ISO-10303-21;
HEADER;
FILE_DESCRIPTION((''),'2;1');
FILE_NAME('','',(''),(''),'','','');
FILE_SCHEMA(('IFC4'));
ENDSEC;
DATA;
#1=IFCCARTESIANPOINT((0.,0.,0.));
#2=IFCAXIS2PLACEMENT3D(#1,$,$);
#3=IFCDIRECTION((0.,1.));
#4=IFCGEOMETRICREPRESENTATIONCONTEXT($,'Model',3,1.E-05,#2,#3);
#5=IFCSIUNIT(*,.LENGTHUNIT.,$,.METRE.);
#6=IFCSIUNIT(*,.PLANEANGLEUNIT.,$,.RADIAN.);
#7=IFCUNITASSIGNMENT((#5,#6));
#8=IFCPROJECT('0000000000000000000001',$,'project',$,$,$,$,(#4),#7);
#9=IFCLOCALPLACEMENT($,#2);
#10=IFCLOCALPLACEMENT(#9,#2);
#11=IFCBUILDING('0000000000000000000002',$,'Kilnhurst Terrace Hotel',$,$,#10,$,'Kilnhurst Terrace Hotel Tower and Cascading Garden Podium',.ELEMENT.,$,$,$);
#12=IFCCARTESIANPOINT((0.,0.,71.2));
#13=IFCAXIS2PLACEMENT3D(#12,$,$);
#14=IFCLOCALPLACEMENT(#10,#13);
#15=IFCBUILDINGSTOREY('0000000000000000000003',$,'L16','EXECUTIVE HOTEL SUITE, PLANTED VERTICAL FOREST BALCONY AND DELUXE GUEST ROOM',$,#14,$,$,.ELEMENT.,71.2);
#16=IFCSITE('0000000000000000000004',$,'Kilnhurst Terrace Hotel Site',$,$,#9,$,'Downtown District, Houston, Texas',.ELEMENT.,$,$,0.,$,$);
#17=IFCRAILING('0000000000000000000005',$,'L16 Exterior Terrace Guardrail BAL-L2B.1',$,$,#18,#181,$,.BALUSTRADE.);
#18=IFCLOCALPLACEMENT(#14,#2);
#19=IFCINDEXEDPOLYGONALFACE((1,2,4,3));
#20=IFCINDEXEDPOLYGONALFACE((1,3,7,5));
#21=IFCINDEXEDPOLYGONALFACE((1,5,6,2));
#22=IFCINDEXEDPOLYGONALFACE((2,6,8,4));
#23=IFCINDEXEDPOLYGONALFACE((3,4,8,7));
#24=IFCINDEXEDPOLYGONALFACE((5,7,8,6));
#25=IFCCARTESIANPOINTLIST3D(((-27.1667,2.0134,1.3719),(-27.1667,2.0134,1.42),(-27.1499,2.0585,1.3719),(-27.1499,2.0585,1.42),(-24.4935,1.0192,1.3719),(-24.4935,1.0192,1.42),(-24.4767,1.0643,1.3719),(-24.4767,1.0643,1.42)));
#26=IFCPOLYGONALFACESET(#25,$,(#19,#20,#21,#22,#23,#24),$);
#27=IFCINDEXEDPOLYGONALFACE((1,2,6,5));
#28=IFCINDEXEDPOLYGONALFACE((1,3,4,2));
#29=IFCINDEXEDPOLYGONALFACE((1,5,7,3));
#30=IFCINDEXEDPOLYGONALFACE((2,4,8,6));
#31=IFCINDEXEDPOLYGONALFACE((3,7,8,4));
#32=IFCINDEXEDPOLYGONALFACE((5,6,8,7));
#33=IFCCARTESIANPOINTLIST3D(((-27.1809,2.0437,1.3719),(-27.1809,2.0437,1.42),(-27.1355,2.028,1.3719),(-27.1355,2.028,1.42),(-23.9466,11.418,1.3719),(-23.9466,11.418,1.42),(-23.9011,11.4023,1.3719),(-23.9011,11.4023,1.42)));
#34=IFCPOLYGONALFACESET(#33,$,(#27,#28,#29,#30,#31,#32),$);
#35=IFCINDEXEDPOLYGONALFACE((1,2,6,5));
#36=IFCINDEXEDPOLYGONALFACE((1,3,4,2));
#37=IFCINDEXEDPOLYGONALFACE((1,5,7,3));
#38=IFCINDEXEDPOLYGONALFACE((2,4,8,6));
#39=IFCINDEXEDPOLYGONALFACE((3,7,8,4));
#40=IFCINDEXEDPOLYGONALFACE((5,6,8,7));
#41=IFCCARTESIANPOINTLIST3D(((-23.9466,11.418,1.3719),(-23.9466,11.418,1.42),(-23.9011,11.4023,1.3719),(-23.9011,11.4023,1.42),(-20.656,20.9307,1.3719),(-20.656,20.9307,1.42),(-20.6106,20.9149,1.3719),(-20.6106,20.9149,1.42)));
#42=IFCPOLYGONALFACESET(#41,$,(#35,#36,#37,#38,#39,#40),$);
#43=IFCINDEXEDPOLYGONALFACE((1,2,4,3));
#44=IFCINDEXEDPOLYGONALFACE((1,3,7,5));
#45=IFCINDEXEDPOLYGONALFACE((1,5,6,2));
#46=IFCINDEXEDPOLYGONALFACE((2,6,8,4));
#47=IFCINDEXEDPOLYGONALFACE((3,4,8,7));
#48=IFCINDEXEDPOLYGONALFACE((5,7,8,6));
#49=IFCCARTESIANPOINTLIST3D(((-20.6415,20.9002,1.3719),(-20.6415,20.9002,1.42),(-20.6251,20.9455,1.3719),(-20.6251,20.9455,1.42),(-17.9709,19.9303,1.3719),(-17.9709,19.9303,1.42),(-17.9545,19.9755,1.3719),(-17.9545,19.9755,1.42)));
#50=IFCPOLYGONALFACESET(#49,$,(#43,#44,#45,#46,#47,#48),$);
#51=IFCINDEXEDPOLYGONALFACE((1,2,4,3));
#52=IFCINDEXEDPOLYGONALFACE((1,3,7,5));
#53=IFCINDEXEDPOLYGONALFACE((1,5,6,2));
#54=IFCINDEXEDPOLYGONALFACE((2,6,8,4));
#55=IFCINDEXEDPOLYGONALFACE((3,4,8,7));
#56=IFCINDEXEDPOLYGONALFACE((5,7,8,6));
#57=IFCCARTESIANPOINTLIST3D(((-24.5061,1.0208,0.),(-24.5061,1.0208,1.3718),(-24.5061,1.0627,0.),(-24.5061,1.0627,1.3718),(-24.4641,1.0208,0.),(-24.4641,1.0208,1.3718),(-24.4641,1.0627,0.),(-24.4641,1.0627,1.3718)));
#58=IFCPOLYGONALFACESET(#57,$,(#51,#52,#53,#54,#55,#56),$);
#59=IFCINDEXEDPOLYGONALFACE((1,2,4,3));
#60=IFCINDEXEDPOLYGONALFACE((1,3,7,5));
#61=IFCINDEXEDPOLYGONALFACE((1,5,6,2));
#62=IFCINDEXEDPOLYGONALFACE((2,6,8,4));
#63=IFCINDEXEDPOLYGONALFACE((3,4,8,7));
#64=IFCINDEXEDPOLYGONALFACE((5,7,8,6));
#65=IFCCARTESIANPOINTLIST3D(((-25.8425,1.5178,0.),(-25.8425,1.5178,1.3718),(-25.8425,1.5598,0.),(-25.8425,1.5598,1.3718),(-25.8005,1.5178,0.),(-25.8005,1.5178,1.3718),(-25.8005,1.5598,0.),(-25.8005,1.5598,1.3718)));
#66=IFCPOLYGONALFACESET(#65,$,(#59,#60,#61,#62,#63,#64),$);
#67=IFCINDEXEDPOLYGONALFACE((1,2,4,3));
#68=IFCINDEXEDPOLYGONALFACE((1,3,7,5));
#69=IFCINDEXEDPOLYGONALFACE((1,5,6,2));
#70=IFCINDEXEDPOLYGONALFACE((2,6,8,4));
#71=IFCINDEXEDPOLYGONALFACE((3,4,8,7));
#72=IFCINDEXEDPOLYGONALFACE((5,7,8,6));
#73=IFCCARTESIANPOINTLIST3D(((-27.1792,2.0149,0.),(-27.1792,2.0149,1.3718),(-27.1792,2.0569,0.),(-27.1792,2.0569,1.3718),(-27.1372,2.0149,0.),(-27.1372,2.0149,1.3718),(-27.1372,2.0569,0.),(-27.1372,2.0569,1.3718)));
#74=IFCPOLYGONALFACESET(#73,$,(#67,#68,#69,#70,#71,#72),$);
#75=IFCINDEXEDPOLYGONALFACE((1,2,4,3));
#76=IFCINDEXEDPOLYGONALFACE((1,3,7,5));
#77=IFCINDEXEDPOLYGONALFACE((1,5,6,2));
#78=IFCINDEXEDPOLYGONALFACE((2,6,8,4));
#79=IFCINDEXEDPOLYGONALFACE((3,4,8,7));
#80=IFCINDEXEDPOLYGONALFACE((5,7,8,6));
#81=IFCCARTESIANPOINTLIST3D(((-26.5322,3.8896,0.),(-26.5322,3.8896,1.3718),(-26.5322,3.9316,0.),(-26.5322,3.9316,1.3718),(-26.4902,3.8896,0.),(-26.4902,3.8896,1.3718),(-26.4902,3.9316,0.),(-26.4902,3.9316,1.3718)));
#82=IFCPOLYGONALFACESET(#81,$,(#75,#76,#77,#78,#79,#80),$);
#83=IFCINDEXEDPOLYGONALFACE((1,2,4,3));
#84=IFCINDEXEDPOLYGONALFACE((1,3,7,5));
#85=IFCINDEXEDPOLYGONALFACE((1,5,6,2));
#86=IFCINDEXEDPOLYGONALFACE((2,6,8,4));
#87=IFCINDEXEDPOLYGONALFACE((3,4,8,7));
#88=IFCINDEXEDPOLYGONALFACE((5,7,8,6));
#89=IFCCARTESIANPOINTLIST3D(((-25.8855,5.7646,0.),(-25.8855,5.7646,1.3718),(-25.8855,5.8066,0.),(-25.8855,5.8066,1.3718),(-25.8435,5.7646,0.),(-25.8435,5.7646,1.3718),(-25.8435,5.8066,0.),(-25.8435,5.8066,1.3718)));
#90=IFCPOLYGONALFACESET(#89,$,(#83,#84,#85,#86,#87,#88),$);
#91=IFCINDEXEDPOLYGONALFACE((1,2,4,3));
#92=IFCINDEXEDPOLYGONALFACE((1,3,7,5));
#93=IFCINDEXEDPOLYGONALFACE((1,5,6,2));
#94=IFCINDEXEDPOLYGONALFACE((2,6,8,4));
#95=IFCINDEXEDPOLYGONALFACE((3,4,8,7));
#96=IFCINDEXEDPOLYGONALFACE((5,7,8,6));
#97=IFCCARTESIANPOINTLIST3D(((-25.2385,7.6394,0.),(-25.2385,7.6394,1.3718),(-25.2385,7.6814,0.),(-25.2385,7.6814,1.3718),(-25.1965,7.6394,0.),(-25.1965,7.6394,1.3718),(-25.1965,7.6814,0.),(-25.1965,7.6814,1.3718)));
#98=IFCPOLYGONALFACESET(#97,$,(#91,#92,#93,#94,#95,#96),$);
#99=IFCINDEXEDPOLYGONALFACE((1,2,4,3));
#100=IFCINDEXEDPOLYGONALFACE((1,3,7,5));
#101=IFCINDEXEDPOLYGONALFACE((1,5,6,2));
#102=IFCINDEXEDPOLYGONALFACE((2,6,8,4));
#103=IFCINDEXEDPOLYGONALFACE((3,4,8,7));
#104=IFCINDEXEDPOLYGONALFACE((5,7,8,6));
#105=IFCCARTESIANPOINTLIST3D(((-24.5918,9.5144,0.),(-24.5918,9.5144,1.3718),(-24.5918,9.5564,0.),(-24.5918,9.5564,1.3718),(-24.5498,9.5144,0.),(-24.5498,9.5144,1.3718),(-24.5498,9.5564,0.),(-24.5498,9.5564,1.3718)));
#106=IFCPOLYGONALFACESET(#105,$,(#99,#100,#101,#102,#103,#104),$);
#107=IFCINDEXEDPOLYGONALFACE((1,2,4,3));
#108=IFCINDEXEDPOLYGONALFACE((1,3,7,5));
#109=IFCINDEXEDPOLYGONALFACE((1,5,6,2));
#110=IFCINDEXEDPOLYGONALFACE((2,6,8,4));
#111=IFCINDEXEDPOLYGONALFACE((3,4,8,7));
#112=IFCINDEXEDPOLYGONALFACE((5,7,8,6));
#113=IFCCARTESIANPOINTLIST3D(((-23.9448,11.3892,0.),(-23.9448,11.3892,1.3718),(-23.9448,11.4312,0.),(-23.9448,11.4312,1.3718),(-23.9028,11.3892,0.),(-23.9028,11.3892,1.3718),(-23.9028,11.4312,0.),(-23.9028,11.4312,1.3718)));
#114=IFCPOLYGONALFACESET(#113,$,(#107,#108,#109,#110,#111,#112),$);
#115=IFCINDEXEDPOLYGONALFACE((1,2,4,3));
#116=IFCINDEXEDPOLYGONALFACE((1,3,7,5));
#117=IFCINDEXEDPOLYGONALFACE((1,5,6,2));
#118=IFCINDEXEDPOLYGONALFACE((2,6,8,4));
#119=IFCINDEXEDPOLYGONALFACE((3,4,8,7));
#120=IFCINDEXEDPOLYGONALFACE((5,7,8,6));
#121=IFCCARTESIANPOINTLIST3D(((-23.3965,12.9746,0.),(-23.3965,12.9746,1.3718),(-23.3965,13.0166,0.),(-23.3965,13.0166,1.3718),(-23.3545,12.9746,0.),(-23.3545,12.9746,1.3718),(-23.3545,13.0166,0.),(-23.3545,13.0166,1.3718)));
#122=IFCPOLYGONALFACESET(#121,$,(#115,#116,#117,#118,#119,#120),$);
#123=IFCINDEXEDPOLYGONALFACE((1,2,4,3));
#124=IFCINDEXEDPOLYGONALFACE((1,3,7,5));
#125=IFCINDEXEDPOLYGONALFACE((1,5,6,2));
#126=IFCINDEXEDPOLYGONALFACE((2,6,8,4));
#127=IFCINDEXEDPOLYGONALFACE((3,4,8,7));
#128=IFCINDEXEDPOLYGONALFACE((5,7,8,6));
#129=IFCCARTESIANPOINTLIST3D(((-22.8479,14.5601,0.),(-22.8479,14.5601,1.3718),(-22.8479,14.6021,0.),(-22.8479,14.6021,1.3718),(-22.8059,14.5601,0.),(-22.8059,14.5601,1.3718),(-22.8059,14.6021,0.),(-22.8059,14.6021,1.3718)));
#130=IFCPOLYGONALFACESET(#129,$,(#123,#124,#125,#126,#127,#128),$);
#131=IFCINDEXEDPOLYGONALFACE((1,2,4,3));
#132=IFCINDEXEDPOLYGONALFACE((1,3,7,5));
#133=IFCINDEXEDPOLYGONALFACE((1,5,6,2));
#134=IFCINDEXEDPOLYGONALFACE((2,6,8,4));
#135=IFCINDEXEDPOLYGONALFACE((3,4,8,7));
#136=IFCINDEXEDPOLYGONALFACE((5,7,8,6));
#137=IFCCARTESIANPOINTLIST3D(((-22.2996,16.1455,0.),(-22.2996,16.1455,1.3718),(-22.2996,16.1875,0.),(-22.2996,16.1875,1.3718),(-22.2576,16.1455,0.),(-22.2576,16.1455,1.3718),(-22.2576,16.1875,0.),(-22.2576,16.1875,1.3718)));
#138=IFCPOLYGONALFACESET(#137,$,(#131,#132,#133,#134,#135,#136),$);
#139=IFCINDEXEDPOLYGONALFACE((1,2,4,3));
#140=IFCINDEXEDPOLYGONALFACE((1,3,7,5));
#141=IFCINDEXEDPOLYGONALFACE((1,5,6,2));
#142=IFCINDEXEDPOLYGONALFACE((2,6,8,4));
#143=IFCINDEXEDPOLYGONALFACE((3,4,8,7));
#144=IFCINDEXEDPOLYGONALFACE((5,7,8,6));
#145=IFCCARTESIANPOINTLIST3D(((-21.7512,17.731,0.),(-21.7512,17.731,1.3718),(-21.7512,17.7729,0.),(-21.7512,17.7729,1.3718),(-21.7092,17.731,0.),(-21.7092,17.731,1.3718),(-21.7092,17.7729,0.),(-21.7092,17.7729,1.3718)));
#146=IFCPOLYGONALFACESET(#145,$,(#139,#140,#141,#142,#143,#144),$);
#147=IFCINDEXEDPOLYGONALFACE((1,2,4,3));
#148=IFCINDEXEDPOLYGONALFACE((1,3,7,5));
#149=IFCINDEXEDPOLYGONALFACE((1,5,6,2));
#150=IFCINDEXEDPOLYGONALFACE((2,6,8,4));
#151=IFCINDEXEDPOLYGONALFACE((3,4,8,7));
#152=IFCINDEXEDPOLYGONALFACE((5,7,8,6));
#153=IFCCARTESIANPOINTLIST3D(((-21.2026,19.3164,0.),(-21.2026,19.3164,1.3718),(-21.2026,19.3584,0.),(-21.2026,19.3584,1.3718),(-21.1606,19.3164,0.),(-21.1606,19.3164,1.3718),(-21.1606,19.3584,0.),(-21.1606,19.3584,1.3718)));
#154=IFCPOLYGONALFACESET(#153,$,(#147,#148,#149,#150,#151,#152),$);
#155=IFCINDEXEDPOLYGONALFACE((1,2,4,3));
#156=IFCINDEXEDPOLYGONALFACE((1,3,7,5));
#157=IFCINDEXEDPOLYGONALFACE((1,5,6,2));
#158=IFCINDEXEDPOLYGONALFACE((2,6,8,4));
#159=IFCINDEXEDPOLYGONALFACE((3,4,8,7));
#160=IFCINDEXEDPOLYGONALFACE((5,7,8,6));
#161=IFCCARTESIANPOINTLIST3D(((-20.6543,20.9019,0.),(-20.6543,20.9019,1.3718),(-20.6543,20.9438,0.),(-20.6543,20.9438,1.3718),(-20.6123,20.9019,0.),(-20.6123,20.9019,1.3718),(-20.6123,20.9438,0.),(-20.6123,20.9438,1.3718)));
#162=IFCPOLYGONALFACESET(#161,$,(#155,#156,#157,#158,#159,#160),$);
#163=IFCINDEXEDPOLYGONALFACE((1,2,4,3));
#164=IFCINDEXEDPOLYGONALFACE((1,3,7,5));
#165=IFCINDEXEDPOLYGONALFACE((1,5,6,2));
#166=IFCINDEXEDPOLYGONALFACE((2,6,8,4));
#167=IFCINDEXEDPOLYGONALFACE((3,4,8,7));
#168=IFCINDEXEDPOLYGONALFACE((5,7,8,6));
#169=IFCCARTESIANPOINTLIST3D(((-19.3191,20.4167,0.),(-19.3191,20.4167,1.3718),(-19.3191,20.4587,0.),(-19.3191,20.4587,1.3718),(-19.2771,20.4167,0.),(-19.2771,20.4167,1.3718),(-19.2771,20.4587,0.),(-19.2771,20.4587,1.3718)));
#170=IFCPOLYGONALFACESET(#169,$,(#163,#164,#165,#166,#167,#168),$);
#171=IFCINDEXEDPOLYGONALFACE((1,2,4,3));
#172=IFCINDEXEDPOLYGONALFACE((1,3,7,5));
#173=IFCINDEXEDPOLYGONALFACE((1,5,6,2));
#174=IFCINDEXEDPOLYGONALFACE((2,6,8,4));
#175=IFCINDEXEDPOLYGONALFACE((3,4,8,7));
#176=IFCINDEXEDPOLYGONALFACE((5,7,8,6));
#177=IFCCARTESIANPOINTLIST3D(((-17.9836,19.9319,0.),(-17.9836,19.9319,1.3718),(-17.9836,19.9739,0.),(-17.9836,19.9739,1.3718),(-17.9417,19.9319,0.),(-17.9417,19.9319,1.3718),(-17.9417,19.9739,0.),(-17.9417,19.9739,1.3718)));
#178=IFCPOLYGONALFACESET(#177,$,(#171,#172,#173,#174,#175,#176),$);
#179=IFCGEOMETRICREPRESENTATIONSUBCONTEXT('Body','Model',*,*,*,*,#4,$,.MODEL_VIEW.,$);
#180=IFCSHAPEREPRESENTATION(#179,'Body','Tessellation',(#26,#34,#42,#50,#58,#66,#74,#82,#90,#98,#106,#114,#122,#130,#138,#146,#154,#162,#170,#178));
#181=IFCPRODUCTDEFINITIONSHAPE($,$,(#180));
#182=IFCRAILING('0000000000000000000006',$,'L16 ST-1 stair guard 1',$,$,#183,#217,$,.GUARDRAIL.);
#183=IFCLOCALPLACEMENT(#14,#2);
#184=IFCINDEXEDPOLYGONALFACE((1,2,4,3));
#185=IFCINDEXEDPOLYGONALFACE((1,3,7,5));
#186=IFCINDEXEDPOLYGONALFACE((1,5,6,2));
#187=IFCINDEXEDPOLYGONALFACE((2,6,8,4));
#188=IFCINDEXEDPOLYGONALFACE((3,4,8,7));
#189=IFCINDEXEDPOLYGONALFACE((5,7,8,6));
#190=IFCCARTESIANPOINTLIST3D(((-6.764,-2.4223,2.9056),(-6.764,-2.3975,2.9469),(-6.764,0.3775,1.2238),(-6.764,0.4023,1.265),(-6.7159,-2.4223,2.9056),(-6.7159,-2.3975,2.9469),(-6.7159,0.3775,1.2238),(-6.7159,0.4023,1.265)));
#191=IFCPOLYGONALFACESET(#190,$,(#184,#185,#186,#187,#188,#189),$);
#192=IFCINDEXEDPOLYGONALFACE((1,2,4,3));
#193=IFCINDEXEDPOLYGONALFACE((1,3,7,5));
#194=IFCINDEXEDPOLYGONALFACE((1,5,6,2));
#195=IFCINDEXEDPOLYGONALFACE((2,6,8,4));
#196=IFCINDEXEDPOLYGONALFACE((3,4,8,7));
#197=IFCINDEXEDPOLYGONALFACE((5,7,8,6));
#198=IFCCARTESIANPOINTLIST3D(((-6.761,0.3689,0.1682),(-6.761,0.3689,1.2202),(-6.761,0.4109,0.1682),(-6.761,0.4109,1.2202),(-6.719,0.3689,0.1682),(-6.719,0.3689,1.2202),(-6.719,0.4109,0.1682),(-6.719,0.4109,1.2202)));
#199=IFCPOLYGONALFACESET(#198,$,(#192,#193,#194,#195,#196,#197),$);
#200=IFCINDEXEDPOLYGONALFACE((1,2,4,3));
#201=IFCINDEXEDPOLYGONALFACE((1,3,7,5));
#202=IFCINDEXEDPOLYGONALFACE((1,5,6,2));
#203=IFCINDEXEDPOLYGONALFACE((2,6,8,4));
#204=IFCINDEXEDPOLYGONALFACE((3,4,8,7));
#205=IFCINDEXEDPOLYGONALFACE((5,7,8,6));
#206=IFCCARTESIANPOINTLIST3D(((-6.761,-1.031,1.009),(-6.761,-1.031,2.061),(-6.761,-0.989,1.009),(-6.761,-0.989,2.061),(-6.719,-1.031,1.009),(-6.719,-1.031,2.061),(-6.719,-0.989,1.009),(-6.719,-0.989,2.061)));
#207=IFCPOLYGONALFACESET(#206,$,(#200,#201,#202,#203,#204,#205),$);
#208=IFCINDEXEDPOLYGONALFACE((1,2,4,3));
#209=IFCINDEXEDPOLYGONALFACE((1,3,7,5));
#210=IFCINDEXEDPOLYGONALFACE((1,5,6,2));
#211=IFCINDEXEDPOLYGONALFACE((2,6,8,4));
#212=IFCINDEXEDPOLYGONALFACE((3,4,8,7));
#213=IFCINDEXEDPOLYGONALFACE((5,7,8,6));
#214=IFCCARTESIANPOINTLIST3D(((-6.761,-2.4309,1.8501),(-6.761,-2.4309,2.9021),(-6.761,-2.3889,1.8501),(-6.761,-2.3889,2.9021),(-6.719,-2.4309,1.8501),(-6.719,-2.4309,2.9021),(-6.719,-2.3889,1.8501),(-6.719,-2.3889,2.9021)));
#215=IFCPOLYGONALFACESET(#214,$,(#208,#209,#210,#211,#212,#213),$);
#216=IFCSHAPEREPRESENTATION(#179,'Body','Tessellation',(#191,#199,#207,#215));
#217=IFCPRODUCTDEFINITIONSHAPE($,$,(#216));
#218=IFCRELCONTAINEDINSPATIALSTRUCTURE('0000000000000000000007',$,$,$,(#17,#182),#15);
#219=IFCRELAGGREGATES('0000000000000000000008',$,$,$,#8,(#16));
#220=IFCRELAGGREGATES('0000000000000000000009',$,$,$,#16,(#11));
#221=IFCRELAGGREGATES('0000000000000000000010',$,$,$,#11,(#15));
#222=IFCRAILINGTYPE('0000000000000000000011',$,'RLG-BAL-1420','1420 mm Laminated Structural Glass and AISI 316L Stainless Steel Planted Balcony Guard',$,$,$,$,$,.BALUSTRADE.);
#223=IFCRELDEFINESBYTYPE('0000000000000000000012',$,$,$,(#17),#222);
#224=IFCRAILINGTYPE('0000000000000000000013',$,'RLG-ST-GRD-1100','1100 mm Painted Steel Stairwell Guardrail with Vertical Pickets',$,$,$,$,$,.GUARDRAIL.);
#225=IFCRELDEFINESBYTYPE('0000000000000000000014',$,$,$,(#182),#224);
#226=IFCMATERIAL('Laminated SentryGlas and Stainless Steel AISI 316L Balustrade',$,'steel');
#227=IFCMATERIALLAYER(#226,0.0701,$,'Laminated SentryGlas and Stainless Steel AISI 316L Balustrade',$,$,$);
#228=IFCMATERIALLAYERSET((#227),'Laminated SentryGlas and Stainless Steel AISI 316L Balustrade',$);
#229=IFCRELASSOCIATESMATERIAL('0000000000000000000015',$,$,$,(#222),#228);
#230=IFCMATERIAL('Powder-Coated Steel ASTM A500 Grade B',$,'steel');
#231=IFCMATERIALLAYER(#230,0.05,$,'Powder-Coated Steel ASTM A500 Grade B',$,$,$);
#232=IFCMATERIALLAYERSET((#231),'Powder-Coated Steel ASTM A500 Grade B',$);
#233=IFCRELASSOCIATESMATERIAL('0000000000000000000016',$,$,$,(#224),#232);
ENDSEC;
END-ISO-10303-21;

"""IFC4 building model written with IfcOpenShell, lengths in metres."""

from ifc_helpers import new_model, si_unit, direction, frame, origin, origin_2d, place, context, subcontext, project, spatial, rectangle, extrude, material, layer, layer_set, type_object, element, save


model = new_model("IFC4")

# Units and contexts
model_context = context("Model", 3, precision=1e-05, world=origin(), true_north=direction((0.0, 1.0)))
body_context = subcontext(model_context, "Body", "Model", "MODEL_VIEW")
ifc_project = project(units=[si_unit("LENGTHUNIT", "METRE"), si_unit("PLANEANGLEUNIT", "RADIAN")], contexts=[model_context])

# Site, building, storey
site_placement = place(None, origin())
site = spatial("IfcSite", under=ifc_project, at=site_placement, Name="Kilnhurst Terrace Hotel Site", LongName="Downtown District, Houston, Texas", CompositionType="ELEMENT", RefElevation=0.0)
building_placement = place(site_placement, origin())
building = spatial("IfcBuilding", under=site, at=building_placement, Name="Kilnhurst Terrace Hotel", LongName="Kilnhurst Terrace Hotel Tower and Cascading Garden Podium", CompositionType="ELEMENT")
storey_placement = place(building_placement, frame((0.0, 0.0, 71.2)))
storey = spatial("IfcBuildingStorey", under=building, at=storey_placement, Name="L16", Description="EXECUTIVE HOTEL SUITE, PLANTED VERTICAL FOREST BALCONY AND DELUXE GUEST ROOM", CompositionType="ELEMENT", Elevation=71.2)

# Railings
ifc_material_1 = material(Name="Laminated SentryGlas and Stainless Steel AISI 316L Balustrade", Category="steel")
ifc_layer_1 = layer(ifc_material_1, 0.0701, Name="Laminated SentryGlas and Stainless Steel AISI 316L Balustrade")
ifc_layer_set_1 = layer_set([ifc_layer_1], Name="Laminated SentryGlas and Stainless Steel AISI 316L Balustrade")
railing_type_1 = type_object("IfcRailingType", Name="RLG-BAL-1420", Description="1420 mm Laminated Structural Glass and AISI 316L Stainless Steel Planted Balcony Guard", PredefinedType="BALUSTRADE", material=ifc_layer_set_1)
railing_1_placement = place(storey_placement, frame((-24.4851, 1.0417, 0.0)))
element("IfcRailing", 1, at=railing_1_placement, inside=storey, type_object=railing_type_1, Name="L16 Exterior Terrace Guardrail BAL-L2B.1", PredefinedType="BALUSTRADE", context=body_context, shape_type="SweptSolid", body=[
    extrude(rectangle(XDim=0.0481, YDim=0.0481, at=origin_2d()), frame((0.0, 0.0, 1.396), z_axis=(-0.937279, 0.34858, 0.0), x_axis=(-0.34858, -0.937279, 0.0)), (0.0, 0.0, 1.0), 2.8521),
    extrude(rectangle(XDim=0.0481, YDim=0.0481, at=origin_2d()), frame((-2.6731, 0.9941, 1.396), z_axis=(0.326159, 0.945315, 0.0), x_axis=(-0.945315, 0.326159, 0.0)), (0.0, 0.0, 1.0), 9.9165),
    extrude(rectangle(XDim=0.0481, YDim=0.0481, at=origin_2d()), frame((0.5613, 10.3684, 1.396), z_axis=(0.326904, 0.945058, 0.0), x_axis=(-0.945058, 0.326904, 0.0)), (0.0, 0.0, 1.0), 10.0657),
    extrude(rectangle(XDim=0.0481, YDim=0.0481, at=origin_2d()), frame((3.8518, 19.8811, 1.396), z_axis=(0.939926, -0.341377, 0.0), x_axis=(0.341377, 0.939926, 0.0)), (0.0, 0.0, 1.0), 2.8413),
    extrude(rectangle(XDim=0.042, YDim=0.042, at=origin_2d()), origin(), (0.0, 0.0, 1.0), 1.3718),
    extrude(rectangle(XDim=0.042, YDim=0.042, at=origin_2d()), frame((-1.3364, 0.4971, 0.0)), (0.0, 0.0, 1.0), 1.3718),
    extrude(rectangle(XDim=0.042, YDim=0.042, at=origin_2d()), frame((-2.6731, 0.9941, 0.0)), (0.0, 0.0, 1.0), 1.3718),
    extrude(rectangle(XDim=0.042, YDim=0.042, at=origin_2d()), frame((-2.0261, 2.8689, 0.0)), (0.0, 0.0, 1.0), 1.3718),
    extrude(rectangle(XDim=0.042, YDim=0.042, at=origin_2d()), frame((-1.3794, 4.7439, 0.0)), (0.0, 0.0, 1.0), 1.3718),
    extrude(rectangle(XDim=0.042, YDim=0.042, at=origin_2d()), frame((-0.7324, 6.6187, 0.0)), (0.0, 0.0, 1.0), 1.3718),
    extrude(rectangle(XDim=0.042, YDim=0.042, at=origin_2d()), frame((-0.0857, 8.4937, 0.0)), (0.0, 0.0, 1.0), 1.3718),
    extrude(rectangle(XDim=0.042, YDim=0.042, at=origin_2d()), frame((0.5613, 10.3684, 0.0)), (0.0, 0.0, 1.0), 1.3718),
    extrude(rectangle(XDim=0.042, YDim=0.042, at=origin_2d()), frame((1.1096, 11.9539, 0.0)), (0.0, 0.0, 1.0), 1.3718),
    extrude(rectangle(XDim=0.042, YDim=0.042, at=origin_2d()), frame((1.6582, 13.5393, 0.0)), (0.0, 0.0, 1.0), 1.3718),
    extrude(rectangle(XDim=0.042, YDim=0.042, at=origin_2d()), frame((2.2065, 15.1248, 0.0)), (0.0, 0.0, 1.0), 1.3718),
    extrude(rectangle(XDim=0.042, YDim=0.042, at=origin_2d()), frame((2.7549, 16.7102, 0.0)), (0.0, 0.0, 1.0), 1.3718),
    extrude(rectangle(XDim=0.042, YDim=0.042, at=origin_2d()), frame((3.3035, 18.2957, 0.0)), (0.0, 0.0, 1.0), 1.3718),
    extrude(rectangle(XDim=0.042, YDim=0.042, at=origin_2d()), frame((3.8518, 19.8811, 0.0)), (0.0, 0.0, 1.0), 1.3718),
    extrude(rectangle(XDim=0.042, YDim=0.042, at=origin_2d()), frame((5.187, 19.396, 0.0)), (0.0, 0.0, 1.0), 1.3718),
    extrude(rectangle(XDim=0.042, YDim=0.042, at=origin_2d()), frame((6.5225, 18.9111, 0.0)), (0.0, 0.0, 1.0), 1.3718),
])
ifc_material_2 = material(Name="Powder-Coated Steel ASTM A500 Grade B", Category="steel")
ifc_layer_2 = layer(ifc_material_2, 0.05, Name="Powder-Coated Steel ASTM A500 Grade B")
ifc_layer_set_2 = layer_set([ifc_layer_2], Name="Powder-Coated Steel ASTM A500 Grade B")
railing_type_2 = type_object("IfcRailingType", Name="RLG-ST-GRD-1100", Description="1100 mm Painted Steel Stairwell Guardrail with Vertical Pickets", PredefinedType="GUARDRAIL", material=ifc_layer_set_2)
railing_2_placement = place(storey_placement, frame((-6.74, 0.3899, 0.1682)))
element("IfcRailing", 2, at=railing_2_placement, inside=storey, type_object=railing_type_2, Name="L16 ST-1 stair guard 1", PredefinedType="GUARDRAIL", context=body_context, shape_type="SweptSolid", body=[
    extrude(rectangle(XDim=0.0481, YDim=0.0481, at=origin_2d()), frame((0.0, 0.0, 1.0762), z_axis=(0.0, -0.857222, 0.514946), x_axis=(1.0, 0.0, 0.0)), (0.0, 0.0, 1.0), 3.2661),
    extrude(rectangle(XDim=0.042, YDim=0.042, at=origin_2d()), origin(), (0.0, 0.0, 1.0), 1.052),
    extrude(rectangle(XDim=0.042, YDim=0.042, at=origin_2d()), frame((0.0, -1.3999, 0.8408)), (0.0, 0.0, 1.0), 1.052),
    extrude(rectangle(XDim=0.042, YDim=0.042, at=origin_2d()), frame((0.0, -2.7998, 1.6819)), (0.0, 0.0, 1.0), 1.052),
])

save(model, "model.ifc")
